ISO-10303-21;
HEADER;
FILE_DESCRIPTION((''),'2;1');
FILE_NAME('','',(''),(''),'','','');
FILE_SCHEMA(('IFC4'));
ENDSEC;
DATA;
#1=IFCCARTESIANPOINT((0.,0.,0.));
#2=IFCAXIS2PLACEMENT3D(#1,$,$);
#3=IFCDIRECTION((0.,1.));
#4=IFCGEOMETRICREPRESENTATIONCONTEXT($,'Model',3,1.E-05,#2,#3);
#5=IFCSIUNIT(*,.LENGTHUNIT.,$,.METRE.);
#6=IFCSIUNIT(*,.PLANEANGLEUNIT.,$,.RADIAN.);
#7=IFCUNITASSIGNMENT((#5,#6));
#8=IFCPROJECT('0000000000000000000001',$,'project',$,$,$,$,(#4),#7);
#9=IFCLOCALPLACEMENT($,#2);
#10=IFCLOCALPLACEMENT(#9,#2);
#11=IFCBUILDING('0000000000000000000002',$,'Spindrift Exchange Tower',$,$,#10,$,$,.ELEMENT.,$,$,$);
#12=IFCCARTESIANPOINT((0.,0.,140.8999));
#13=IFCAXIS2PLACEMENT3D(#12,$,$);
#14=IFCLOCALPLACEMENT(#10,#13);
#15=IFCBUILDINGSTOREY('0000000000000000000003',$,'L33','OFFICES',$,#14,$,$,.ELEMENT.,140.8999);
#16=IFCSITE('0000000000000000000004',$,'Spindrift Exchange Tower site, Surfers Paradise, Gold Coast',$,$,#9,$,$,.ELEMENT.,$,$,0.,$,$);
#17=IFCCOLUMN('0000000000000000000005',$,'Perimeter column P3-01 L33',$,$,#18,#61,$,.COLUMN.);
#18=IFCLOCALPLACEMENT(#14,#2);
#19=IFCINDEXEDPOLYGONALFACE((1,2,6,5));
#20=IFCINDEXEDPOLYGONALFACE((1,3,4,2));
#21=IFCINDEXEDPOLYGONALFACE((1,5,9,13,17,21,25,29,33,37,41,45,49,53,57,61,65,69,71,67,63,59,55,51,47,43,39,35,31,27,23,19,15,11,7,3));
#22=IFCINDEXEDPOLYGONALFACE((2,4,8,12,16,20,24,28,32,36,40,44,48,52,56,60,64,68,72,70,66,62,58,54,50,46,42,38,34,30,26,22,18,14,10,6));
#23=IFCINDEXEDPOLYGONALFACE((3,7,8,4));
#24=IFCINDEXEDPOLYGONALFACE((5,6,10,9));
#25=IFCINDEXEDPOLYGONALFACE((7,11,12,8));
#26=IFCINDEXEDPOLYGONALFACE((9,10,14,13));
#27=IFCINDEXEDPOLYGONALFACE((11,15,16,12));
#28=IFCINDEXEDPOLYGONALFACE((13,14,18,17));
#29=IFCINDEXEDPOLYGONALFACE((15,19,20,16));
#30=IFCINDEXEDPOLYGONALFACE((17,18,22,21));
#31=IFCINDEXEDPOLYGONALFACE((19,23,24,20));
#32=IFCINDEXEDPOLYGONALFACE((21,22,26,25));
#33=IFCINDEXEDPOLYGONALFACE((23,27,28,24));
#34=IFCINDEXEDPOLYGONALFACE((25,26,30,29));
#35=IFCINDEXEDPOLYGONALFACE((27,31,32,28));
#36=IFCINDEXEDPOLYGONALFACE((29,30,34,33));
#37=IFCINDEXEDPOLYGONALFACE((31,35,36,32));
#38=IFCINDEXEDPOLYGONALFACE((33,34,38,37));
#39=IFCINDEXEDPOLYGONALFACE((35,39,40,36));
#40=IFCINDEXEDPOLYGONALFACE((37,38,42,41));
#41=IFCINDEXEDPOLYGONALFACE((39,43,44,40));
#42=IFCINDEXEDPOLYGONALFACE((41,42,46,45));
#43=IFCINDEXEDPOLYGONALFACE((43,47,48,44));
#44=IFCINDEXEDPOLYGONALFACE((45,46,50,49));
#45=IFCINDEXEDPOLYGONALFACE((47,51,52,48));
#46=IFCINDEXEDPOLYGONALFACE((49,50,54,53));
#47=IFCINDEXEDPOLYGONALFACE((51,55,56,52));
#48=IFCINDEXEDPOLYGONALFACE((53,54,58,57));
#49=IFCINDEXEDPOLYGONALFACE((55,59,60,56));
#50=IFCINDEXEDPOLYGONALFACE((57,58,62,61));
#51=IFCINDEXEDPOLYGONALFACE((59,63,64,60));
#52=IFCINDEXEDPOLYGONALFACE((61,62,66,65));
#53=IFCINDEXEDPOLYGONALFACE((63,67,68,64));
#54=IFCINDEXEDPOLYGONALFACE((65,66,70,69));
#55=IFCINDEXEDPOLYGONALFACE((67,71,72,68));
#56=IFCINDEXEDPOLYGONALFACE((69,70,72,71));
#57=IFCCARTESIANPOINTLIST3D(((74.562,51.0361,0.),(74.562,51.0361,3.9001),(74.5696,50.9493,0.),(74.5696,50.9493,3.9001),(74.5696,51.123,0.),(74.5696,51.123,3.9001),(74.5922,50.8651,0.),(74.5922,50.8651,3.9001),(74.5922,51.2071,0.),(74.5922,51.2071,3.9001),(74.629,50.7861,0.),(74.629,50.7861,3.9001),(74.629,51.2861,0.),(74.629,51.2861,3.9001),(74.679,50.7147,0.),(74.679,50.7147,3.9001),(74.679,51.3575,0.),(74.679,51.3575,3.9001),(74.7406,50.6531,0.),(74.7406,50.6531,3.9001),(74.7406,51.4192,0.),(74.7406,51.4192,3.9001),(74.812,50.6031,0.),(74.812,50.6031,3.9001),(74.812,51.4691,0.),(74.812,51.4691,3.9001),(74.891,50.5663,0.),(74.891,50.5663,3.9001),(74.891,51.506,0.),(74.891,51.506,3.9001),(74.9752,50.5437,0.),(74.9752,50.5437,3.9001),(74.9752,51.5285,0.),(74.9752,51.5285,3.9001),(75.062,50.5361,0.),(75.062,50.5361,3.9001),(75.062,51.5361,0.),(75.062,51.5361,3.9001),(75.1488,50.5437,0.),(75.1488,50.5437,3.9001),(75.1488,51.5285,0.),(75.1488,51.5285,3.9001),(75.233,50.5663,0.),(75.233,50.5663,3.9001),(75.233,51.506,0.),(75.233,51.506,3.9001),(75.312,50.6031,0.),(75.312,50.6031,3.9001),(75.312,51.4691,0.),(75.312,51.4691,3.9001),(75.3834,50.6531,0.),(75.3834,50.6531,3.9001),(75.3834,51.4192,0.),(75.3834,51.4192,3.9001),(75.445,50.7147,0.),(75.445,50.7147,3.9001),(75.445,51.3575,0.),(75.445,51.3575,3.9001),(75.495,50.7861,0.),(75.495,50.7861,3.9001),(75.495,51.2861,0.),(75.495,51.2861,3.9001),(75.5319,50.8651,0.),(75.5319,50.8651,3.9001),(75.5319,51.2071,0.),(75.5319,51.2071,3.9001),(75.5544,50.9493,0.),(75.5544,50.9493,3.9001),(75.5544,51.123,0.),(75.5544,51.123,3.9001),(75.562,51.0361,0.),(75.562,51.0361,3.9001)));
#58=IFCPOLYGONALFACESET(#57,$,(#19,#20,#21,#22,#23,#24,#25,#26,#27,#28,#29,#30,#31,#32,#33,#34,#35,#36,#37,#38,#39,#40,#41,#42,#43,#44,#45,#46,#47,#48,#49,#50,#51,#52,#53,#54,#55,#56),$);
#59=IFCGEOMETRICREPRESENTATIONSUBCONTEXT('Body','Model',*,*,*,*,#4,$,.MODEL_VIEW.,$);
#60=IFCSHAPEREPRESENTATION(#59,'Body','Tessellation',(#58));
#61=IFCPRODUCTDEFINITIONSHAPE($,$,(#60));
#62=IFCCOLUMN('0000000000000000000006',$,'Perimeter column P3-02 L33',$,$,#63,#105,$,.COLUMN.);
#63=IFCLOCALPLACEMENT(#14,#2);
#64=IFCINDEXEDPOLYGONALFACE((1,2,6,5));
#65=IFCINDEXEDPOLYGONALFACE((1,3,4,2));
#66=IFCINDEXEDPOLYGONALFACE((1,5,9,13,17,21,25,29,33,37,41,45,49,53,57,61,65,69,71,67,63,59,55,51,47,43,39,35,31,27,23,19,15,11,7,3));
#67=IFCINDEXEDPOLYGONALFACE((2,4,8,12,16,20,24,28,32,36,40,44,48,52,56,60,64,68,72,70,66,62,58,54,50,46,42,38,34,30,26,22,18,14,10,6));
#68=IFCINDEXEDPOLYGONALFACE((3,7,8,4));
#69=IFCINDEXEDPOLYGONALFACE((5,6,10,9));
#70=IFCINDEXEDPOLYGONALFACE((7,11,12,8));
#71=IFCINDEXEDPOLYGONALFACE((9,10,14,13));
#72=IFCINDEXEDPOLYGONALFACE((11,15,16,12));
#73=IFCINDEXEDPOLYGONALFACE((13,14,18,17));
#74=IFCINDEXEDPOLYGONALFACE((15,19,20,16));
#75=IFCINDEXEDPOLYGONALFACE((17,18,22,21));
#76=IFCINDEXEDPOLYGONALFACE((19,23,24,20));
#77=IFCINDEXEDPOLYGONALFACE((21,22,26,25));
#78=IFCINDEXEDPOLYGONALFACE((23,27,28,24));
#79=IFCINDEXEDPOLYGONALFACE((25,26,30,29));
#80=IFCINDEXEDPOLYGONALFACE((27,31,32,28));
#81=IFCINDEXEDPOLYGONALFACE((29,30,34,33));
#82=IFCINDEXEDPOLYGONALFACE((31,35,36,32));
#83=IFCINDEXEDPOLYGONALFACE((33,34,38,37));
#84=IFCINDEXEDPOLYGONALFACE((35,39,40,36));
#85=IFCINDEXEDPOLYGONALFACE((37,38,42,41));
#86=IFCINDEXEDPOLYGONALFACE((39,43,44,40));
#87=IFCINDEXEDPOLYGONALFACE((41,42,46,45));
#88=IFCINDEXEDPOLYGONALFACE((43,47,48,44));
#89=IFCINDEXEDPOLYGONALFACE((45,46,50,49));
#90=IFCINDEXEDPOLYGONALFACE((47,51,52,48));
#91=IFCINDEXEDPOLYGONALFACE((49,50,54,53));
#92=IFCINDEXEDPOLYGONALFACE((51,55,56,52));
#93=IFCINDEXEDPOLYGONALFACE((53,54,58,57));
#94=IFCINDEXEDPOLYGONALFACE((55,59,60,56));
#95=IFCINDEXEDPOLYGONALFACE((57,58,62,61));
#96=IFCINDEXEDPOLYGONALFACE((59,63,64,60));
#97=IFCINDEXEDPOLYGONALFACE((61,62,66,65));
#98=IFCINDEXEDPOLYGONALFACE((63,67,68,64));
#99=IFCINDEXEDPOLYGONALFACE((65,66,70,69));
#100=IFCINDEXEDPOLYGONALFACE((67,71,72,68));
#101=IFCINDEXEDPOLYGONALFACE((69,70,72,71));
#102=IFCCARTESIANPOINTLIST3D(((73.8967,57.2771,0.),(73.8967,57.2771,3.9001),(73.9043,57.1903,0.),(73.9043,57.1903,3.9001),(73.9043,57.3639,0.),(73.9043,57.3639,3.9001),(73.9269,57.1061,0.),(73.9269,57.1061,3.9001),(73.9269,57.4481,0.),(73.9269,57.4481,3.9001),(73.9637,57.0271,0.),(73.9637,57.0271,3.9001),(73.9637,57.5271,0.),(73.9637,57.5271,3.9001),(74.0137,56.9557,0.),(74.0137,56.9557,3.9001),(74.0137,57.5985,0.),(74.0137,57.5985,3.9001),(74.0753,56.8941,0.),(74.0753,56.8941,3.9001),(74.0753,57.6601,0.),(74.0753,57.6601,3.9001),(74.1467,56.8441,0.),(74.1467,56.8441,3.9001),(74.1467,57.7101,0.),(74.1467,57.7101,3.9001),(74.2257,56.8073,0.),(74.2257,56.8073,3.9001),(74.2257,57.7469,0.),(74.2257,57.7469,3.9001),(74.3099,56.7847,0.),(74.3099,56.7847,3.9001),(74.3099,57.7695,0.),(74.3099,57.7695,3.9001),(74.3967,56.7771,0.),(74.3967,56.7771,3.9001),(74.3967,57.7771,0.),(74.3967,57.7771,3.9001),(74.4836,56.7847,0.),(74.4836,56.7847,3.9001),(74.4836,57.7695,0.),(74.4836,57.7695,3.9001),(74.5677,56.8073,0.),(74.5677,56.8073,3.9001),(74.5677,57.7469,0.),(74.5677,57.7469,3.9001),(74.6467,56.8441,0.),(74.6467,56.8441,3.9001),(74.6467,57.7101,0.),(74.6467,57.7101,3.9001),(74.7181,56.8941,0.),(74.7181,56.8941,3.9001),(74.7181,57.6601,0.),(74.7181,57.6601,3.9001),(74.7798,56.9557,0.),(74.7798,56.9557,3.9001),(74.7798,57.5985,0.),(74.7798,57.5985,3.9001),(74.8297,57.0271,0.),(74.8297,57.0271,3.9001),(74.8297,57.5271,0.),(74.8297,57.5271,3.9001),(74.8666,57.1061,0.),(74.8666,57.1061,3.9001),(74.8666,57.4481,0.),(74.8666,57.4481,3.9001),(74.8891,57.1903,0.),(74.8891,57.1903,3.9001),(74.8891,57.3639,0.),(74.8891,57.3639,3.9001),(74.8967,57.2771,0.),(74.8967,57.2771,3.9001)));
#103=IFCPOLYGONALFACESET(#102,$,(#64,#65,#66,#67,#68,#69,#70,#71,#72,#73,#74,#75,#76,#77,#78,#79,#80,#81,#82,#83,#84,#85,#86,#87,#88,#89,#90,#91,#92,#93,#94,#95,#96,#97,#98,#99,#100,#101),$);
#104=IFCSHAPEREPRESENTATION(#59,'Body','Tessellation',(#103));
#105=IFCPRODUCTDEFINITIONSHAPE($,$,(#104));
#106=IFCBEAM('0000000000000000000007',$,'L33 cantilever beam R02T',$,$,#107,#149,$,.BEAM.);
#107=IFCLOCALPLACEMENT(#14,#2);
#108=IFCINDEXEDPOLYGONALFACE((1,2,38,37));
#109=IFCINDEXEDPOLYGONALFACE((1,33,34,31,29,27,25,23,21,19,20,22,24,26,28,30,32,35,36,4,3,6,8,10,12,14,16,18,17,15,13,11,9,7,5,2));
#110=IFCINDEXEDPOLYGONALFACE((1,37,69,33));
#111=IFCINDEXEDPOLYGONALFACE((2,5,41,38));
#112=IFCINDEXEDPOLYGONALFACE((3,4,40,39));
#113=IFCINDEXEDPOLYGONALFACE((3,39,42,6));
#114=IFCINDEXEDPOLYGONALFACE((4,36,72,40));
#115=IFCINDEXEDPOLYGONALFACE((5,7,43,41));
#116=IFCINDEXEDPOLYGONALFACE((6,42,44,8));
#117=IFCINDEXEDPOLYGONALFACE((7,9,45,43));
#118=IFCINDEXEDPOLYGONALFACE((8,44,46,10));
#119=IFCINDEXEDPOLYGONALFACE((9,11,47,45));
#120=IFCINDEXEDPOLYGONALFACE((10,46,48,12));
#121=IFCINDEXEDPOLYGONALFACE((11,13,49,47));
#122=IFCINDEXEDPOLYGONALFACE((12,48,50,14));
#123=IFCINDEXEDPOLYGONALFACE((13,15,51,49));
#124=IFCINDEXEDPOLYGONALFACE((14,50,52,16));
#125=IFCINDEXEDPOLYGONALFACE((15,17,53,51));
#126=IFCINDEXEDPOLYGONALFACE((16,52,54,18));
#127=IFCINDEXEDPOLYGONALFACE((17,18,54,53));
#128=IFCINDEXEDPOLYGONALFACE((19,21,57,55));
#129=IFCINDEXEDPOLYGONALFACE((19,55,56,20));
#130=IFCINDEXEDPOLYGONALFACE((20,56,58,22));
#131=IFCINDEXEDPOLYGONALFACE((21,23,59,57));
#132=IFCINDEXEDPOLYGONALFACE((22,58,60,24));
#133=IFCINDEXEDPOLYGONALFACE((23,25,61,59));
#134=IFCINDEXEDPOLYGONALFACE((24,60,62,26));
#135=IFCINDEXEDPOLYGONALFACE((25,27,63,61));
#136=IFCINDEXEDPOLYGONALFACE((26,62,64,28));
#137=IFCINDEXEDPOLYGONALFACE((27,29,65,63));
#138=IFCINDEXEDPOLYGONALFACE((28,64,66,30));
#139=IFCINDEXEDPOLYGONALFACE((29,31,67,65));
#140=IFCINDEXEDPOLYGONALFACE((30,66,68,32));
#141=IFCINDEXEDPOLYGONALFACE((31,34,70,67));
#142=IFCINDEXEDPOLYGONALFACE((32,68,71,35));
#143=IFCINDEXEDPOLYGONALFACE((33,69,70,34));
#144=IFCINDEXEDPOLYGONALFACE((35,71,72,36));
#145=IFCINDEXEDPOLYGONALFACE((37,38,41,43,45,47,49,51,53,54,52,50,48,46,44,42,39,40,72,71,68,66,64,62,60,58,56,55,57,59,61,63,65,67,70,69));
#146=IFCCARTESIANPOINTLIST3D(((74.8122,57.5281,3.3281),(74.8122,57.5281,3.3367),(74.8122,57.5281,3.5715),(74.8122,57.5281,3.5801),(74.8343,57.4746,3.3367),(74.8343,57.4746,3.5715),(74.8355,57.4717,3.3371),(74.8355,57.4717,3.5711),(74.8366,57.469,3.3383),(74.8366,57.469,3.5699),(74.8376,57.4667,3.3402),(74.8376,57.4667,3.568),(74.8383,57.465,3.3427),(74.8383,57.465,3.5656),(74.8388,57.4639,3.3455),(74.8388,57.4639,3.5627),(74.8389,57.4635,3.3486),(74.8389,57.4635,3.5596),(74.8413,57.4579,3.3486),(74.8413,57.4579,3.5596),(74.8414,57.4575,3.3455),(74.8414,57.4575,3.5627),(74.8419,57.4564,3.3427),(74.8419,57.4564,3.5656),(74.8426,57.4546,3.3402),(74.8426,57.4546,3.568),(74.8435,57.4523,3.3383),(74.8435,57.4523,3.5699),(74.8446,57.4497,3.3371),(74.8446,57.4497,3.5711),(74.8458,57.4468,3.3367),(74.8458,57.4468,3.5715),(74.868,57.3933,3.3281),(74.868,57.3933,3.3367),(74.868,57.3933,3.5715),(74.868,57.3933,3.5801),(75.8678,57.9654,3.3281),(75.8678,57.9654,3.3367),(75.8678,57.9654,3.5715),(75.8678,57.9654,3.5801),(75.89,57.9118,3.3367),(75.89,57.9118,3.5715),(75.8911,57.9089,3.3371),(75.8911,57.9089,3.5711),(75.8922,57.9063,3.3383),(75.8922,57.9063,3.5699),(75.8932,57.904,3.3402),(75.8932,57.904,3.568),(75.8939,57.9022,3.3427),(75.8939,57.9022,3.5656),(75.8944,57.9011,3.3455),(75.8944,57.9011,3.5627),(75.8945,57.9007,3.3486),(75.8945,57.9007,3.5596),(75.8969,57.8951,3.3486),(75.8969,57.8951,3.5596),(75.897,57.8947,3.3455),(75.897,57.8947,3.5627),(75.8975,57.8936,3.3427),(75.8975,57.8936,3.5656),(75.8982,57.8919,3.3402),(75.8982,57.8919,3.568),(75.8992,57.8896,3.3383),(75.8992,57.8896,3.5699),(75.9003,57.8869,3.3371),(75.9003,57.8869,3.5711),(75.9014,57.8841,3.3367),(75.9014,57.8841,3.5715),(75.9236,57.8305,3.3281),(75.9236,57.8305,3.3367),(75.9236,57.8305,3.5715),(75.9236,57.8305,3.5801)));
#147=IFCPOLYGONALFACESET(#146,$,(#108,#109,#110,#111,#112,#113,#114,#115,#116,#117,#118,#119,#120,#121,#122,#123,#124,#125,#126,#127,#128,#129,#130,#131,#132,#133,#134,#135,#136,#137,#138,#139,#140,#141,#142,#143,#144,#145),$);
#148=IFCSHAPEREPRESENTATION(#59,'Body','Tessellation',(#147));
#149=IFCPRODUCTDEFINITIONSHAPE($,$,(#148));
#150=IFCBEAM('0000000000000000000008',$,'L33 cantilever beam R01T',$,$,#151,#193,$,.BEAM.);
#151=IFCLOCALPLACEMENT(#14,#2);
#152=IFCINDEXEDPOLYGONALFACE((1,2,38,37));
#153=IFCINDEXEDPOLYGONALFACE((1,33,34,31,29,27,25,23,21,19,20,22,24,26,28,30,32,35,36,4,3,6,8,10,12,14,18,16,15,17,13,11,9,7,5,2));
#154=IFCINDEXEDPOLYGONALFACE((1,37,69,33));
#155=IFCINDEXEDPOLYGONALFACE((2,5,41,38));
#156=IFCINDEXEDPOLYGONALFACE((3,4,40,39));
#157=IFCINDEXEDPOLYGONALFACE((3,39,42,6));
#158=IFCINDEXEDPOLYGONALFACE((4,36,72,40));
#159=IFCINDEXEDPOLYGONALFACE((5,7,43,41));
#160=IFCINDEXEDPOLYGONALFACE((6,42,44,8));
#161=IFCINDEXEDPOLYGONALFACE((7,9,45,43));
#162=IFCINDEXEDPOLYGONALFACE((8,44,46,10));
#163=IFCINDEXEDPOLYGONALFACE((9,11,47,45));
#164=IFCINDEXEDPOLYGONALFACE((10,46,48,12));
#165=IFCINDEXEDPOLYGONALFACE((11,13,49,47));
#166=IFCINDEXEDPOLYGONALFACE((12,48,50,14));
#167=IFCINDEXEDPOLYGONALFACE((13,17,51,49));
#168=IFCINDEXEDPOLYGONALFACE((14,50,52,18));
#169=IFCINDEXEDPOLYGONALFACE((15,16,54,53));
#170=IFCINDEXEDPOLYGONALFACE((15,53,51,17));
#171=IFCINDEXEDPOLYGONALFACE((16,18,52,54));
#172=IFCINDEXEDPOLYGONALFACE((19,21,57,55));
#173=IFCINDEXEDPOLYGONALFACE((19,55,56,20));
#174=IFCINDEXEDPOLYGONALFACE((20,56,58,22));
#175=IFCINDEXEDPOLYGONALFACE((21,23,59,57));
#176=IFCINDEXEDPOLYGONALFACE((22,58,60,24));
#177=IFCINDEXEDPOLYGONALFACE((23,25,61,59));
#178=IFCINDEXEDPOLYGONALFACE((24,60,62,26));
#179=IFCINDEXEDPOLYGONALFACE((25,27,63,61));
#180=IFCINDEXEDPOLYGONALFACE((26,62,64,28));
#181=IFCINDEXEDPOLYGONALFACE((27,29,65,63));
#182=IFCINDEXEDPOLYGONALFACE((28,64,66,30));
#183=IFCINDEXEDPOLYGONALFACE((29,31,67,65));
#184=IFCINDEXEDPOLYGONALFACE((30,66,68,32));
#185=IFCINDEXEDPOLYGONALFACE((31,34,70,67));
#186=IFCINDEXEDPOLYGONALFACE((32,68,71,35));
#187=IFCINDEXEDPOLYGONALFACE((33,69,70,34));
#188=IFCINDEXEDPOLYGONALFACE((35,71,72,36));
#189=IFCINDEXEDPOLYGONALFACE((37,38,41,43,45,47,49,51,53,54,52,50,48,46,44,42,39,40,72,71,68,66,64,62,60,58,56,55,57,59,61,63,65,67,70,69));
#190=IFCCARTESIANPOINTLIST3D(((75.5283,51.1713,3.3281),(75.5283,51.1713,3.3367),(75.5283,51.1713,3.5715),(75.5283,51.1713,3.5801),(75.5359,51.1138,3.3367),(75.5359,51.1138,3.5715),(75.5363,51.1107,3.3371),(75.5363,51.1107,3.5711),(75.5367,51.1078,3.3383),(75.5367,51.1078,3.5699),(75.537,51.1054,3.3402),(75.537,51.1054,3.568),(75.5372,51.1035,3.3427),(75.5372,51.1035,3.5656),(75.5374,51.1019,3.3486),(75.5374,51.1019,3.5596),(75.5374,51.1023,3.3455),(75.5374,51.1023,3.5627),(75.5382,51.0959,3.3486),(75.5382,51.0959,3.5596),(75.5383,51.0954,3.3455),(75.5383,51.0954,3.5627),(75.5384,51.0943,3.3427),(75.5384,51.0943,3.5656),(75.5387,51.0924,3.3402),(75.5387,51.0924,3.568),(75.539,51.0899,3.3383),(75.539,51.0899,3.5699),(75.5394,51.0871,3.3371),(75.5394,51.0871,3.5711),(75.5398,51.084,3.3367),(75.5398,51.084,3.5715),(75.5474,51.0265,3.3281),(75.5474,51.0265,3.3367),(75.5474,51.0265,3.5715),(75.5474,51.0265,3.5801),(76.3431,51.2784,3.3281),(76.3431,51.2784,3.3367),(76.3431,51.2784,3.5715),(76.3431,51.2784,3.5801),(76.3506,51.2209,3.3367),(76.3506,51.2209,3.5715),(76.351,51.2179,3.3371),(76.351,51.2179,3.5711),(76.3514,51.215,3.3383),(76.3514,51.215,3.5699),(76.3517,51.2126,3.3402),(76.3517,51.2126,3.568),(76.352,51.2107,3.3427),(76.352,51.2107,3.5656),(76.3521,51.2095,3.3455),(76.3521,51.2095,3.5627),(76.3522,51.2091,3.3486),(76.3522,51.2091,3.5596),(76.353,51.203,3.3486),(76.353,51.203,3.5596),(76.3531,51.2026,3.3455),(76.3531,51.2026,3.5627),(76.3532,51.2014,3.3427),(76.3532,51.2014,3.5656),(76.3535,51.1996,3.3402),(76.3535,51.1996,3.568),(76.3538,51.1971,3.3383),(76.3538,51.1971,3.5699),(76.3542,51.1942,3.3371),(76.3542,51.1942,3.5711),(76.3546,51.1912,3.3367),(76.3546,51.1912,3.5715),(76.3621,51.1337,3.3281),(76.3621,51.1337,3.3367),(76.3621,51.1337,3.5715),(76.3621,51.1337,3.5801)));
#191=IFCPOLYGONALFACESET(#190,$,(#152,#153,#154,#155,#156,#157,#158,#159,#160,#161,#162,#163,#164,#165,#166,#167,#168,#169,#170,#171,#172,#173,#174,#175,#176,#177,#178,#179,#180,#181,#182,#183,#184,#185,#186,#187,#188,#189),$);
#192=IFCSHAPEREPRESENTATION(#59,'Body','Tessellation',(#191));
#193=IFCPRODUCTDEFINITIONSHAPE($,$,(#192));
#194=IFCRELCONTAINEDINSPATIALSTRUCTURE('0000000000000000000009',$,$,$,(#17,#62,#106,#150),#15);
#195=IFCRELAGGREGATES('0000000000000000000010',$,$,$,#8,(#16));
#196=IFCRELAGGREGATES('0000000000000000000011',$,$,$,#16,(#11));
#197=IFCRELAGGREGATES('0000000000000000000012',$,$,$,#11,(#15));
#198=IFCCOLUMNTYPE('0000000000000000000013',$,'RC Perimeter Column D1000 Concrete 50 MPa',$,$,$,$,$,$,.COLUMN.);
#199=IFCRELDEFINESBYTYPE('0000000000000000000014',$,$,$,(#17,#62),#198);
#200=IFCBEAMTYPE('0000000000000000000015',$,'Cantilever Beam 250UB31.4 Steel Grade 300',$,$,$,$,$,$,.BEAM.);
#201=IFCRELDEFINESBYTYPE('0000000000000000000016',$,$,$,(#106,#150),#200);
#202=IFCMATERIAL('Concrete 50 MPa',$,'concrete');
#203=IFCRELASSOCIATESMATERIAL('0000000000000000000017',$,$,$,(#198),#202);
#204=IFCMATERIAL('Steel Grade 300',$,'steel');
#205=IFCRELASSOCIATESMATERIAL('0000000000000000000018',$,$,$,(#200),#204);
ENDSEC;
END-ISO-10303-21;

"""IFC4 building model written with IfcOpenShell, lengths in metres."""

from ifc_helpers import new_model, si_unit, direction, frame, origin, origin_2d, place, context, subcontext, project, spatial, circle, i_section, extrude, source, transform, mapped, material, material_profile, profile_set, type_object, element, save


model = new_model("IFC4")

# Units and contexts
model_context = context("Model", 3, precision=1e-05, world=origin(), true_north=direction((0.0, 1.0)))
body_context = subcontext(model_context, "Body", "Model", "MODEL_VIEW")
ifc_project = project(units=[si_unit("LENGTHUNIT", "METRE"), si_unit("PLANEANGLEUNIT", "RADIAN")], contexts=[model_context])

# Site, building, storey
site_placement = place(None, origin())
site = spatial("IfcSite", under=ifc_project, at=site_placement, Name="Spindrift Exchange Tower site, Surfers Paradise, Gold Coast", CompositionType="ELEMENT", RefElevation=0.0)
building_placement = place(site_placement, origin())
building = spatial("IfcBuilding", under=site, at=building_placement, Name="Spindrift Exchange Tower", CompositionType="ELEMENT")
storey_placement = place(building_placement, frame((0.0, 0.0, 140.8999)))
storey = spatial("IfcBuildingStorey", under=building, at=storey_placement, Name="L33", Description="OFFICES", CompositionType="ELEMENT", Elevation=140.8999)

# Columns
ifc_material_1 = material(Name="Concrete 50 MPa", Category="concrete")
ifc_material_profile_1 = material_profile(ifc_material_1, circle(Radius=0.5, at=origin_2d()), Name="RC D1000")
ifc_profile_set_1 = profile_set([ifc_material_profile_1], Name="Concrete 50 MPa")
column_type = type_object("IfcColumnType", Name="RC Perimeter Column D1000 Concrete 50 MPa", PredefinedType="COLUMN", material=ifc_profile_set_1)
shared_shape_1 = source(origin(), body_context, "Body", "SweptSolid", [
    extrude(circle(Radius=0.5, at=origin_2d()), origin(), (0.0, 0.0, 1.0), 3.9001),
])
for number, where, z_axis, x_axis, name in (
    (1, (75.062, 51.0361, 0.0), (0.0, 0.0, 1.0), (1.0, 0.0, 0.0), "Perimeter column P3-01 L33"),
    (2, (74.3967, 57.2771, 0.0), (0.0, 0.0, 1.0), (1.0, 0.0, 0.0), "Perimeter column P3-02 L33"),
):
    element("IfcColumn", number, at=place(storey_placement, frame(where, z_axis=z_axis, x_axis=x_axis)), inside=storey, type_object=column_type, Name=name, PredefinedType="COLUMN", context=body_context, shape_type="MappedRepresentation", body=[
        mapped(shared_shape_1, transform((0.0, 0.0, 0.0), scale=1.0)),
    ])

# Beams
ifc_material_2 = material(Name="Steel Grade 300", Category="steel")
ifc_material_profile_2 = material_profile(ifc_material_2, i_section(OverallWidth=0.146, OverallDepth=0.252, WebThickness=0.0061, FlangeThickness=0.0085, FilletRadius=0.012, at=origin_2d()), Name="250UB31.4")
ifc_profile_set_2 = profile_set([ifc_material_profile_2], Name="Steel Grade 300")
beam_type_1 = type_object("IfcBeamType", Name="Cantilever Beam 250UB31.4 Steel Grade 300", PredefinedType="BEAM", material=ifc_profile_set_2)
shared_shape_2 = source(origin(), body_context, "Body", "SweptSolid", [
    extrude(i_section(OverallWidth=0.146, OverallDepth=0.252, WebThickness=0.0061, FlangeThickness=0.0085, FilletRadius=0.012, at=origin_2d()), origin(), (0.0, 0.0, 1.0), 1.1426),
])
beam_1_placement = place(storey_placement, frame((74.8401, 57.4607, 3.4541), z_axis=(0.923884, 0.382673, 0.0), x_axis=(-0.382673, 0.923884, 0.0)))
element("IfcBeam", 3, at=beam_1_placement, inside=storey, type_object=beam_type_1, Name="L33 cantilever beam R02T", PredefinedType="BEAM", context=body_context, shape_type="MappedRepresentation", body=[
    mapped(shared_shape_2, transform((0.0, 0.0, 0.0), scale=1.0)),
])
shared_shape_3 = source(origin(), body_context, "Body", "SweptSolid", [
    extrude(i_section(OverallWidth=0.146, OverallDepth=0.252, WebThickness=0.0061, FlangeThickness=0.0085, FilletRadius=0.012, at=origin_2d()), origin(), (0.0, 0.0, 1.0), 0.8218),
])
beam_2_placement = place(storey_placement, frame((75.5378, 51.0989, 3.4541), z_axis=(0.991457, 0.130431, 0.0), x_axis=(-0.130431, 0.991457, 0.0)))
element("IfcBeam", 4, at=beam_2_placement, inside=storey, type_object=beam_type_1, Name="L33 cantilever beam R01T", PredefinedType="BEAM", context=body_context, shape_type="MappedRepresentation", body=[
    mapped(shared_shape_3, transform((0.0, 0.0, 0.0), scale=1.0)),
])

save(model, "model.ifc")
